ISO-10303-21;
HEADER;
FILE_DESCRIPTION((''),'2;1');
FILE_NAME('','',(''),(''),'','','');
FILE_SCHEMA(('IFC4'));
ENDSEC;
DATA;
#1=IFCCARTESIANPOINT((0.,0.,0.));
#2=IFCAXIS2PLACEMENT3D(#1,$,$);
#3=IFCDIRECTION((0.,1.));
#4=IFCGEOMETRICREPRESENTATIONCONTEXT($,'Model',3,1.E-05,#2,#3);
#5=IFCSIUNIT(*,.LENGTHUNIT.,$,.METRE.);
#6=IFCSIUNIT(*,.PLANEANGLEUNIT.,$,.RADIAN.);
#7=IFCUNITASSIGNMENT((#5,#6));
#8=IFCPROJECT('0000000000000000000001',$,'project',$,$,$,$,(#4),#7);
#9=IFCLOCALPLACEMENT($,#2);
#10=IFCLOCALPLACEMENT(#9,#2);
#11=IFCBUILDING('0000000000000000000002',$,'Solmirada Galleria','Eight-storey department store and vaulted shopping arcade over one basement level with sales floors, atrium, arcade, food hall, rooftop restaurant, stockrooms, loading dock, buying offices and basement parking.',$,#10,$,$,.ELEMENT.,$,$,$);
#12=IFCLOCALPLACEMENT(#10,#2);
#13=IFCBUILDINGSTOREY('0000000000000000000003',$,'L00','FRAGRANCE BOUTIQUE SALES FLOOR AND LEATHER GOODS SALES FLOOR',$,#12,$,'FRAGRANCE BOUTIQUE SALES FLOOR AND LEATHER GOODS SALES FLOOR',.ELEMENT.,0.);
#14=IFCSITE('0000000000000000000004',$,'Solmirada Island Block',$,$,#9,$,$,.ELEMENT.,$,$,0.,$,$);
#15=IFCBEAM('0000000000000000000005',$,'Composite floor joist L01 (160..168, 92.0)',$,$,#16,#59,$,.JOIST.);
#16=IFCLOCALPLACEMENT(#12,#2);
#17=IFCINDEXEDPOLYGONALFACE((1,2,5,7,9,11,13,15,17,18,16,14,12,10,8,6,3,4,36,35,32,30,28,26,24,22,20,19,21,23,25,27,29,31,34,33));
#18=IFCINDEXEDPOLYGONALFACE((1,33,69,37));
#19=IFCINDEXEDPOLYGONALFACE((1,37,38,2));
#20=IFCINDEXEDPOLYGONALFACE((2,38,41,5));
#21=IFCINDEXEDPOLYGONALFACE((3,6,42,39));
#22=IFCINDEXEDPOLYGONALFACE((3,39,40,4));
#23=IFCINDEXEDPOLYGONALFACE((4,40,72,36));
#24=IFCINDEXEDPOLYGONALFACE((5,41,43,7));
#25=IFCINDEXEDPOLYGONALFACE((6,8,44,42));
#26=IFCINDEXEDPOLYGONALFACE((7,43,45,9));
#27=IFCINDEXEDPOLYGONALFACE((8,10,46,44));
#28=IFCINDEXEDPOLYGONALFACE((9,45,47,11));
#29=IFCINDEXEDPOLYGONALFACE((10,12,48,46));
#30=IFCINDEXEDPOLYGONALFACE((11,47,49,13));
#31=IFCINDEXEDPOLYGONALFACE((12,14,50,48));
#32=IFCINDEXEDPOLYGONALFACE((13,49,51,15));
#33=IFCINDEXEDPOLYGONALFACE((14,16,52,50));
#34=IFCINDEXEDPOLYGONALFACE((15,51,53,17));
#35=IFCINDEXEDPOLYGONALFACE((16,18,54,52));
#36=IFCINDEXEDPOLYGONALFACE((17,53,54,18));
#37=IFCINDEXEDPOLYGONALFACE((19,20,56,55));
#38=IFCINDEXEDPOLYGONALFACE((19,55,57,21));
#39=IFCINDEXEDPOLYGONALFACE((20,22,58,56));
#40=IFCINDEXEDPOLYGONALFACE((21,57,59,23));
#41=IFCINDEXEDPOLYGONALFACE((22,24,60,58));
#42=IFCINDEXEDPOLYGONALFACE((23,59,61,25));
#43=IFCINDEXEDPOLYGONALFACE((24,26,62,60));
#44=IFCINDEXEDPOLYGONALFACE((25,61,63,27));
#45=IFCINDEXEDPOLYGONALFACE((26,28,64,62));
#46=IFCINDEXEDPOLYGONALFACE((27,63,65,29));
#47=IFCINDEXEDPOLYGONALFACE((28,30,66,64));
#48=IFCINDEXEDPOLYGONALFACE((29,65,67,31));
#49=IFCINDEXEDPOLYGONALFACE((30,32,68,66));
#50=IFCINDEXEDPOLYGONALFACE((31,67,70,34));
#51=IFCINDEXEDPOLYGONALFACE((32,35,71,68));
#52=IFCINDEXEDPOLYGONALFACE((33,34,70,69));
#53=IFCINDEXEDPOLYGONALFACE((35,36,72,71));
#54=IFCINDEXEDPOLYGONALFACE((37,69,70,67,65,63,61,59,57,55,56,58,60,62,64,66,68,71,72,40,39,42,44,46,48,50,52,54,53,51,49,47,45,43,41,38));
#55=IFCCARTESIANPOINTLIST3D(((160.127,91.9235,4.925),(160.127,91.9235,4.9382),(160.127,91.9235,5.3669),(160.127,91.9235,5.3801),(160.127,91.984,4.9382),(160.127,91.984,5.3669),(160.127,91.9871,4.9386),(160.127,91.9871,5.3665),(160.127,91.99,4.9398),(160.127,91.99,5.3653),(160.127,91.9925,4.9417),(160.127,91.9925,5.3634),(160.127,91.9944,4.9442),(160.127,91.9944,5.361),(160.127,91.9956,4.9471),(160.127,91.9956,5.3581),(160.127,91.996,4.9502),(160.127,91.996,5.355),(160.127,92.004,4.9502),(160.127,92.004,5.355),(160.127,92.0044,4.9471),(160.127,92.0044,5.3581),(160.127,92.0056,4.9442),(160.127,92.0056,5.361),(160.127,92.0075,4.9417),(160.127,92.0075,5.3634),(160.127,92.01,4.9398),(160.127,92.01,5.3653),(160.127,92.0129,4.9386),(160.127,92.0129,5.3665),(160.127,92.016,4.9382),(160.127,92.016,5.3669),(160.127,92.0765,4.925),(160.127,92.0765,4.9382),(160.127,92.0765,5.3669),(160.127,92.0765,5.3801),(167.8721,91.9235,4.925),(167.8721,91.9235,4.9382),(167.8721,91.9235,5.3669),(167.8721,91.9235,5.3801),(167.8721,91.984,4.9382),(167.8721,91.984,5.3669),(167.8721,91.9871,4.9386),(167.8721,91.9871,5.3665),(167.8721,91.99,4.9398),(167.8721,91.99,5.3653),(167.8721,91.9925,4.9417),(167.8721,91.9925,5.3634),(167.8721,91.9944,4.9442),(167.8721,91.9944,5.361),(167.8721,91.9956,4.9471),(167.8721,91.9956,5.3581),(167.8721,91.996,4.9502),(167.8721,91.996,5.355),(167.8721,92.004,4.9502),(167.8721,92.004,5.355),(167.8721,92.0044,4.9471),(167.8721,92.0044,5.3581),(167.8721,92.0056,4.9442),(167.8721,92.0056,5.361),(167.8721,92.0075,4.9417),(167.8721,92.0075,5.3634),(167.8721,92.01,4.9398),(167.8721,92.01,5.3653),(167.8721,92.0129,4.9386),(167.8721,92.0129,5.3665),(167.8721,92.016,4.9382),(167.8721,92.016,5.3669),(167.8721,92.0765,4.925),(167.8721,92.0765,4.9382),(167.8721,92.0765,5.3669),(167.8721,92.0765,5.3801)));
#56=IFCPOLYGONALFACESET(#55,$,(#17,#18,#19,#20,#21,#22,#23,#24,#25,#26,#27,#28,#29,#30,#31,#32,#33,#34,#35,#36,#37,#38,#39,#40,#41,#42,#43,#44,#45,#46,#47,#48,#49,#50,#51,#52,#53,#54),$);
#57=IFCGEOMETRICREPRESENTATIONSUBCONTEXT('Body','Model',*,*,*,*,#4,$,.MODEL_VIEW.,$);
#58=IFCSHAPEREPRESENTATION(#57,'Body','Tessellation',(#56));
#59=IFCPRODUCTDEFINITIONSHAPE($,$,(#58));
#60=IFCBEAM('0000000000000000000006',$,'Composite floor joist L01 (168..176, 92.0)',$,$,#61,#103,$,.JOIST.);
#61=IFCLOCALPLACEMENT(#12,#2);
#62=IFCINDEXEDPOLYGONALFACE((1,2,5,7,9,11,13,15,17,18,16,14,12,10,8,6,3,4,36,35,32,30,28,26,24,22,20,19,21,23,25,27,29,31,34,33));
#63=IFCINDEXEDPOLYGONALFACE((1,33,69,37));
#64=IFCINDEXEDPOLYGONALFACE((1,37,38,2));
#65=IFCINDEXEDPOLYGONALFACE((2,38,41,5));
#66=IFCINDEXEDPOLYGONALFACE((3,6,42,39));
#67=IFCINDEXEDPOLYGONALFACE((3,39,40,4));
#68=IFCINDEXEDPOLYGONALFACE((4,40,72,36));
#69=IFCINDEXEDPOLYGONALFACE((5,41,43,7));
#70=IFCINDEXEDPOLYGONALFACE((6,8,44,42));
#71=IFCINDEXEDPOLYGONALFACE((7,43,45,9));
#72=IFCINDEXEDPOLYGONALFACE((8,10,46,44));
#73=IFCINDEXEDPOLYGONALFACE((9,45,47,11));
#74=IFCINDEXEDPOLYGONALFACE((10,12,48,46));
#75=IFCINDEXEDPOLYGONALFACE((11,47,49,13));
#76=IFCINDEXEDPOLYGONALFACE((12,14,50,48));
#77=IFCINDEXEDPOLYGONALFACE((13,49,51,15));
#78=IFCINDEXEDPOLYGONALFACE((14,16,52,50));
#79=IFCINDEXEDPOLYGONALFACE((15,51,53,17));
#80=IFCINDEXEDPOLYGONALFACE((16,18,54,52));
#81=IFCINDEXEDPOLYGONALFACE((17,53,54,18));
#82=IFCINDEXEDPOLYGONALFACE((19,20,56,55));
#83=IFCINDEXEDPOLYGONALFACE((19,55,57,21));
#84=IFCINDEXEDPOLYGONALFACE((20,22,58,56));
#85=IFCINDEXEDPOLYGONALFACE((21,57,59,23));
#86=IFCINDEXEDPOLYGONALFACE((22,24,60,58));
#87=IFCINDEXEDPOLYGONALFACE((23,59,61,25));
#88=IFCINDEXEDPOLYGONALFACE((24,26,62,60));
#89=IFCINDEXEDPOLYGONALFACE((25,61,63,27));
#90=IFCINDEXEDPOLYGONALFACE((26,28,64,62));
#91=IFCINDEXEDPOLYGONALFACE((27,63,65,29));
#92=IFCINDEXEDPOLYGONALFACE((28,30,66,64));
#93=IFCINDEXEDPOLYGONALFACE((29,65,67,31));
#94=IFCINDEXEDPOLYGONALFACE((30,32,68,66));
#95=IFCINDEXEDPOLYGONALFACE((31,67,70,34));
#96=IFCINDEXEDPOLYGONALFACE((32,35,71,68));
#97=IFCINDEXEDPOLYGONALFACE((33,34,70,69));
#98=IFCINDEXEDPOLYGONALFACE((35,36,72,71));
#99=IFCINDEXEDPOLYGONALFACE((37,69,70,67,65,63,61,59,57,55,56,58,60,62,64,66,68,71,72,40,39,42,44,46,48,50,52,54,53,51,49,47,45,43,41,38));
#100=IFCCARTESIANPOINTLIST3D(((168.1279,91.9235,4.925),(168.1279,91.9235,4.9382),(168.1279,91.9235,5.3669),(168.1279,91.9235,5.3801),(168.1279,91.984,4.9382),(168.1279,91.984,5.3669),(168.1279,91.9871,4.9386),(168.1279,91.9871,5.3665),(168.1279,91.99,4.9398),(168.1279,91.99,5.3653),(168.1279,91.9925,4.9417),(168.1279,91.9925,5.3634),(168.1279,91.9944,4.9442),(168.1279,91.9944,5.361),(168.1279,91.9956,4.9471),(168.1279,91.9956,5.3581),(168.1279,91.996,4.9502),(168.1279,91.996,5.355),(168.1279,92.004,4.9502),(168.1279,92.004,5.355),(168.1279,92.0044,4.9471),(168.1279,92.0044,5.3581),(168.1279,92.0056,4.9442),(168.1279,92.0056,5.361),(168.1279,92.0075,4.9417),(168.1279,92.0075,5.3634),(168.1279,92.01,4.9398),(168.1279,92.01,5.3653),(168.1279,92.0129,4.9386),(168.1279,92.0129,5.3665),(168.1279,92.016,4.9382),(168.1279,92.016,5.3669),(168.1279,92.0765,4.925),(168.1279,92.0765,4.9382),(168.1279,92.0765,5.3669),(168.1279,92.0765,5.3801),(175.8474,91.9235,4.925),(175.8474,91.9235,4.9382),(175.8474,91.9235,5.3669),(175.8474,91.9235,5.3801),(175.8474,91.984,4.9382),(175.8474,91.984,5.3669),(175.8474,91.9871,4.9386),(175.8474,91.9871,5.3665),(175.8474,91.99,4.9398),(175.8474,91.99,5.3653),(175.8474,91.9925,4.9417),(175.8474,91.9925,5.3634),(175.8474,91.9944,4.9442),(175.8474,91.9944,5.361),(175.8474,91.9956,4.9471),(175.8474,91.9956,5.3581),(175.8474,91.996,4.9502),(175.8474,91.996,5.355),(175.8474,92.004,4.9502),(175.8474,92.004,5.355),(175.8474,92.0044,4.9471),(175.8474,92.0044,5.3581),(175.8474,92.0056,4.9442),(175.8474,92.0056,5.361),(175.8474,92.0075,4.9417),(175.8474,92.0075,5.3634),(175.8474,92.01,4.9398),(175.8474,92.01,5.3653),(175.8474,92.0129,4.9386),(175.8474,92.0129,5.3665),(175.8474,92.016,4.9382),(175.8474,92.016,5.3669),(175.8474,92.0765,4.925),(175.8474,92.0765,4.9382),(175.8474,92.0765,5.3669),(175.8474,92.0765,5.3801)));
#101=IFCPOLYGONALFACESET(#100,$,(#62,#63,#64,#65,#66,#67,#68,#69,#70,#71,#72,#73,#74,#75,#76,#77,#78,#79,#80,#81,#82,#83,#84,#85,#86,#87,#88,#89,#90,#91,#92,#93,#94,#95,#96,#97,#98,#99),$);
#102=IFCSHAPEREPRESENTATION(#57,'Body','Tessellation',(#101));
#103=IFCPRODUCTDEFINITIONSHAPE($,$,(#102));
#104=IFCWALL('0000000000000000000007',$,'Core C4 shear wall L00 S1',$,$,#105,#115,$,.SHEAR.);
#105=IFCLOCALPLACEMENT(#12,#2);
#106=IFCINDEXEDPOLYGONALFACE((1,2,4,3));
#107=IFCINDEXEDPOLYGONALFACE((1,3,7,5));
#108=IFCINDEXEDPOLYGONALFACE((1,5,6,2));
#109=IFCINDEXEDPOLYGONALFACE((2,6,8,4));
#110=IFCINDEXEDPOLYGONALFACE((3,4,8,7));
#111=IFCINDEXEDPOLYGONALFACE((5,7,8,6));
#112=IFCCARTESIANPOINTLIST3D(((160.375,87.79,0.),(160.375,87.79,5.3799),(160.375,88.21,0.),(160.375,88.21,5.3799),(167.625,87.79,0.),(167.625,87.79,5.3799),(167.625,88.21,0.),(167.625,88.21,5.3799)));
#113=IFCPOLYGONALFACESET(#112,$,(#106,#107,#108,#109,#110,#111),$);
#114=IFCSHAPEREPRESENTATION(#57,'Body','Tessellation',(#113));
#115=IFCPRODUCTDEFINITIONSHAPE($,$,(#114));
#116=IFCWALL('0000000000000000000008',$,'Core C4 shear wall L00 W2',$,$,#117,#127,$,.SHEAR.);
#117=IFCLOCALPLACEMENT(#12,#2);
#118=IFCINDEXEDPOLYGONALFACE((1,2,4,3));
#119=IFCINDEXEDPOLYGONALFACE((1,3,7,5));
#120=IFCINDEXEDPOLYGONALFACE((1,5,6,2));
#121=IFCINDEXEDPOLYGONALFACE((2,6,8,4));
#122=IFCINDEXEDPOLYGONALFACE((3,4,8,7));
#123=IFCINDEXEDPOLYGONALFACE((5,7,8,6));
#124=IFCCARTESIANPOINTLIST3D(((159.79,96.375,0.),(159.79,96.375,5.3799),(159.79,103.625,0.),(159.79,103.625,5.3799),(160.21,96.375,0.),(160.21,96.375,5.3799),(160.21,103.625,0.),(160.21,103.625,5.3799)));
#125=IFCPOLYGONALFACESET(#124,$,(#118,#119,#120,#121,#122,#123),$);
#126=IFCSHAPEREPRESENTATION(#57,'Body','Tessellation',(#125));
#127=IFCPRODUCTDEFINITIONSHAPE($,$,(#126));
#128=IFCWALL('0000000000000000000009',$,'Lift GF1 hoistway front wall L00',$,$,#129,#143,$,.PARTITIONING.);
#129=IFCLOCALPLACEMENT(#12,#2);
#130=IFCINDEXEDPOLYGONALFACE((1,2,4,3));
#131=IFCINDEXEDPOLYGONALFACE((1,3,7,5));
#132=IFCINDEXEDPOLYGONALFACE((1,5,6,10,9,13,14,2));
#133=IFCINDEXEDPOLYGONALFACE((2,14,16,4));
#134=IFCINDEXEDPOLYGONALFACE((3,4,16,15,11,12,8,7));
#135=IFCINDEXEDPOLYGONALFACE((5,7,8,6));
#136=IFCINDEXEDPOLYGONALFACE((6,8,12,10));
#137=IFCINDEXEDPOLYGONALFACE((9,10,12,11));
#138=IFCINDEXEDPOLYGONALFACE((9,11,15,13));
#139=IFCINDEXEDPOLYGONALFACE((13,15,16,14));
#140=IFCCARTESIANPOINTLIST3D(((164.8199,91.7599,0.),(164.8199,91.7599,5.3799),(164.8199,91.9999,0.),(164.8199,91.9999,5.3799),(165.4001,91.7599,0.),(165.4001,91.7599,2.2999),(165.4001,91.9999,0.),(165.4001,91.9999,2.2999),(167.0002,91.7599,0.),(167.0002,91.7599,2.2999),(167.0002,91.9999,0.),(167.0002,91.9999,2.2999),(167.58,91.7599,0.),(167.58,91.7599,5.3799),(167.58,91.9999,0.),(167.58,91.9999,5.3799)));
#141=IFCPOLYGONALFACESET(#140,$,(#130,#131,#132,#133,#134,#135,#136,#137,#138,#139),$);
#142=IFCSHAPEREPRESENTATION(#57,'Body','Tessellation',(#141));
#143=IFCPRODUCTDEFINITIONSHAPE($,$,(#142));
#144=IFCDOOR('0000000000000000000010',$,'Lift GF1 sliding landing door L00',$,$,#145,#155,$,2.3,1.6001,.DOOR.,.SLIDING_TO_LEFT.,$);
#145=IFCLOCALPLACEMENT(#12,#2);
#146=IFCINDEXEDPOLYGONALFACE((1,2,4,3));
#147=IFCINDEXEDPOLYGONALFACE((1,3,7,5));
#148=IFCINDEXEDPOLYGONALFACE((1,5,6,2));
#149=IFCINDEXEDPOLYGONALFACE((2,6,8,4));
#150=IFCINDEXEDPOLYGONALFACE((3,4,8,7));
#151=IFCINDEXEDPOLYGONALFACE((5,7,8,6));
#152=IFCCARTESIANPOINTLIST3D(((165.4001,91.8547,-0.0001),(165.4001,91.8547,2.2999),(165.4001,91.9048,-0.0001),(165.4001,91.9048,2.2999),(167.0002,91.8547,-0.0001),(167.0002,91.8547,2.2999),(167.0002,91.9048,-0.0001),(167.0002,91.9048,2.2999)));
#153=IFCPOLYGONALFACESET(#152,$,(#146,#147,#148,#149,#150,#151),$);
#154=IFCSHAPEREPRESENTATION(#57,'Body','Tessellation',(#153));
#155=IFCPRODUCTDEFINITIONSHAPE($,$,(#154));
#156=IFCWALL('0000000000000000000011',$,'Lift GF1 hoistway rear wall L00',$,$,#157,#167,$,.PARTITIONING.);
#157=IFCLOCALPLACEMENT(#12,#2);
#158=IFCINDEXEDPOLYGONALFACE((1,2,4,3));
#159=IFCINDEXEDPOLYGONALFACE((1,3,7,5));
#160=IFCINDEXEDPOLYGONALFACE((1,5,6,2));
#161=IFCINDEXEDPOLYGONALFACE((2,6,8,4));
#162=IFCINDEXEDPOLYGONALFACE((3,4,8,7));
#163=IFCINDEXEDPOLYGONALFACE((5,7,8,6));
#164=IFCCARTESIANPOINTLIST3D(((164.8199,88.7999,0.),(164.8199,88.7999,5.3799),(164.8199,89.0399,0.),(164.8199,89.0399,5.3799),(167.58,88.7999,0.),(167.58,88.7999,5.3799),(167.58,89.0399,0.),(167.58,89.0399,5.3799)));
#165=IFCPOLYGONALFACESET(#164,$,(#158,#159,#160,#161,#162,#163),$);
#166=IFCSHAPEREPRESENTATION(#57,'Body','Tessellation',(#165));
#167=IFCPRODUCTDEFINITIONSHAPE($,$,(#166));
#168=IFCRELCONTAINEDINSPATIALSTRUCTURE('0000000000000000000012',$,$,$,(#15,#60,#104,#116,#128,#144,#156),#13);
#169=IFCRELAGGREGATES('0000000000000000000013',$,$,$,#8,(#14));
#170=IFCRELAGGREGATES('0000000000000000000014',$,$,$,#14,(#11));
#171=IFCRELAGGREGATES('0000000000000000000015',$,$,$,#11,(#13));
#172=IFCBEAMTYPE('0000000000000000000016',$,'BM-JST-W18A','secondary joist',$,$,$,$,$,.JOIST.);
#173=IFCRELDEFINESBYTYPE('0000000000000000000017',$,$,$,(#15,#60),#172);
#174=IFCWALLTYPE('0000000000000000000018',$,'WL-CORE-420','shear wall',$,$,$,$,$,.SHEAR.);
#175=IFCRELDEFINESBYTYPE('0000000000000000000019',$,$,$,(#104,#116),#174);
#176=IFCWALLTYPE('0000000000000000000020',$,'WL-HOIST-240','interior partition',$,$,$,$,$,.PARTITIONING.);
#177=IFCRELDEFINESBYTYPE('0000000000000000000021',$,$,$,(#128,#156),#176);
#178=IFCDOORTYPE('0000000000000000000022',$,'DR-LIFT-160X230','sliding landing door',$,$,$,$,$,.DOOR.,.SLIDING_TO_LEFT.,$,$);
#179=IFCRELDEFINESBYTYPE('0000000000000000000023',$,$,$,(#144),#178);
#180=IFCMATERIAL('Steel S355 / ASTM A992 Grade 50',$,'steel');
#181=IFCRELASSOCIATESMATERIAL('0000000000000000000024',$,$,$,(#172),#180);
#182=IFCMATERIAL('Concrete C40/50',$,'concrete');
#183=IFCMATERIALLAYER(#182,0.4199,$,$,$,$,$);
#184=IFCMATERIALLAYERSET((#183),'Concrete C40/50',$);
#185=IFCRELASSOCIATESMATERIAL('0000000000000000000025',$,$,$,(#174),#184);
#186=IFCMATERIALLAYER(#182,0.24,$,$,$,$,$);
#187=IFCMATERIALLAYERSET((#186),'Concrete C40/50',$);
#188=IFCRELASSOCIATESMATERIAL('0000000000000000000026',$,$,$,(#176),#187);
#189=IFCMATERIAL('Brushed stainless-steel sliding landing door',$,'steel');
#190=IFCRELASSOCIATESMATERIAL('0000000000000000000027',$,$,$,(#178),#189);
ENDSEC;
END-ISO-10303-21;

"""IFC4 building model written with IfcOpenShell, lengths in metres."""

from ifc_helpers import new_model, si_unit, direction, frame, frame_2d, origin, origin_2d, place, context, subcontext, project, spatial, rectangle, i_section, extrude, material, layer, layer_set, material_profile, profile_set, type_object, element, fill, save


model = new_model("IFC4")

# Units and contexts
model_context = context("Model", 3, precision=1e-05, world=origin(), true_north=direction((0.0, 1.0)))
body_context = subcontext(model_context, "Body", "Model", "MODEL_VIEW")
ifc_project = project(units=[si_unit("LENGTHUNIT", "METRE"), si_unit("PLANEANGLEUNIT", "RADIAN")], contexts=[model_context])

# Site, building, storey
site_placement = place(None, origin())
site = spatial("IfcSite", under=ifc_project, at=site_placement, Name="Solmirada Island Block", CompositionType="ELEMENT", RefElevation=0.0)
building_placement = place(site_placement, origin())
building = spatial("IfcBuilding", under=site, at=building_placement, Name="Solmirada Galleria", Description="Eight-storey department store and vaulted shopping arcade over one basement level with sales floors, atrium, arcade, food hall, rooftop restaurant, stockrooms, loading dock, buying offices and basement parking.", CompositionType="ELEMENT")
storey_placement = place(building_placement, origin())
storey = spatial("IfcBuildingStorey", under=building, at=storey_placement, Name="L00", Description="FRAGRANCE BOUTIQUE SALES FLOOR AND LEATHER GOODS SALES FLOOR", LongName="FRAGRANCE BOUTIQUE SALES FLOOR AND LEATHER GOODS SALES FLOOR", CompositionType="ELEMENT", Elevation=0.0)

# Shared definitions
ifc_material_1 = material(Name="Concrete C40/50", Category="concrete")

# Beams
ifc_material_2 = material(Name="Steel S355 / ASTM A992 Grade 50", Category="steel")
ifc_material_profile_1 = material_profile(ifc_material_2, i_section(OverallWidth=0.1531, OverallDepth=0.4551, WebThickness=0.0081, FlangeThickness=0.0132, FilletRadius=0.012, at=origin_2d()), Name="W18X40")
ifc_profile_set_1 = profile_set([ifc_material_profile_1], Name="Steel S355 / ASTM A992 Grade 50")
beam_type_1 = type_object("IfcBeamType", Name="BM-JST-W18A", Description="secondary joist", PredefinedType="JOIST", material=ifc_profile_set_1)
beam_1_placement = place(storey_placement, frame((160.127, 92.0, 5.1526), z_axis=(1.0, 0.0, 0.0), x_axis=(0.0, 1.0, 0.0)))
element("IfcBeam", 1, at=beam_1_placement, inside=storey, type_object=beam_type_1, Name="Composite floor joist L01 (160..168, 92.0)", PredefinedType="JOIST", context=body_context, shape_type="SweptSolid", body=[
    extrude(i_section(OverallWidth=0.1531, OverallDepth=0.4551, WebThickness=0.0081, FlangeThickness=0.0132, FilletRadius=0.012, at=origin_2d()), origin(), (0.0, 0.0, 1.0), 7.7451),
])
beam_2_placement = place(storey_placement, frame((168.1279, 92.0, 5.1526), z_axis=(1.0, 0.0, 0.0), x_axis=(0.0, 1.0, 0.0)))
element("IfcBeam", 2, at=beam_2_placement, inside=storey, type_object=beam_type_1, Name="Composite floor joist L01 (168..176, 92.0)", PredefinedType="JOIST", context=body_context, shape_type="SweptSolid", body=[
    extrude(i_section(OverallWidth=0.1531, OverallDepth=0.4551, WebThickness=0.0081, FlangeThickness=0.0132, FilletRadius=0.012, at=origin_2d()), origin(), (0.0, 0.0, 1.0), 7.7195),
])

# Walls
ifc_layer_1 = layer(ifc_material_1, 0.4199)
ifc_layer_set_1 = layer_set([ifc_layer_1], Name="Concrete C40/50")
wall_type_1 = type_object("IfcWallType", Name="WL-CORE-420", Description="shear wall", PredefinedType="SHEAR", material=ifc_layer_set_1)
for number, where, z_axis, x_axis, name in (
    (3, (160.375, 88.0, 0.0), (0.0, 0.0, 1.0), (1.0, 0.0, 0.0), "Core C4 shear wall L00 S1"),
    (4, (160.0, 96.375, 0.0), (0.0, 0.0, 1.0), (0.0, 1.0, 0.0), "Core C4 shear wall L00 W2"),
):
    element("IfcWall", number, at=place(storey_placement, frame(where, z_axis=z_axis, x_axis=x_axis)), inside=storey, type_object=wall_type_1, Name=name, PredefinedType="SHEAR", context=body_context, shape_type="SweptSolid", body=[
        extrude(rectangle(XDim=7.25, YDim=0.4199, at=frame_2d((3.625, 0.0))), origin(), (0.0, 0.0, 1.0), 5.3799),
    ])

# Wall, opening, door
ifc_layer_2 = layer(ifc_material_1, 0.24)
ifc_layer_set_2 = layer_set([ifc_layer_2], Name="Concrete C40/50")
wall_type_2 = type_object("IfcWallType", Name="WL-HOIST-240", Description="interior partition", PredefinedType="PARTITIONING", material=ifc_layer_set_2)
wall_1_placement = place(storey_placement, frame((164.8201, 91.8799, 0.0), z_axis=(0.0, 0.0, 1.0), x_axis=(1.0, 0.0, 0.0)))
wall_1 = element("IfcWall", 5, at=wall_1_placement, inside=storey, type_object=wall_type_2, Name="Lift GF1 hoistway front wall L00", PredefinedType="PARTITIONING", context=body_context, shape_type="SweptSolid", body=[
    extrude(rectangle(XDim=2.76, YDim=0.24, at=frame_2d((1.3799, 0.0))), origin(), (0.0, 0.0, 1.0), 5.3799),
])
opening_1_placement = place(wall_1_placement, frame((0.5801, 0.0, 0.0)))
opening_1 = element("IfcOpeningElement", 6, at=opening_1_placement, cuts=wall_1, PredefinedType="OPENING", context=body_context, shape_type="SweptSolid", body=[
    extrude(rectangle(XDim=1.6001, YDim=2.3, at=frame_2d((0.8, 1.1499))), frame((0.0, 0.1299, 0.0), z_axis=(0.0, -1.0, 0.0), x_axis=(1.0, 0.0, 0.0)), (0.0, 0.0, 1.0), 0.26),
])
ifc_material_3 = material(Name="Brushed stainless-steel sliding landing door", Category="steel")
door_type_1 = type_object("IfcDoorType", Name="DR-LIFT-160X230", Description="sliding landing door", OperationType="SLIDING_TO_LEFT", PredefinedType="DOOR", material=ifc_material_3)
door_1_placement = place(opening_1_placement, origin())
door_1 = element("IfcDoor", 7, at=door_1_placement, inside=storey, type_object=door_type_1, Name="Lift GF1 sliding landing door L00", OperationType="SLIDING_TO_LEFT", OverallHeight=2.3, OverallWidth=1.6001, PredefinedType="DOOR", context=body_context, shape_type="SweptSolid", body=[
    extrude(rectangle(XDim=1.6001, YDim=2.3, at=frame_2d((0.8, 1.1499))), frame((0.0, 0.0249, 0.0), z_axis=(0.0, -1.0, 0.0), x_axis=(1.0, 0.0, 0.0)), (0.0, 0.0, 1.0), 0.05),
])
fill(opening_1, door_1)

# Wall
wall_2_placement = place(storey_placement, frame((164.8201, 88.9199, 0.0), z_axis=(0.0, 0.0, 1.0), x_axis=(1.0, 0.0, 0.0)))
element("IfcWall", 8, at=wall_2_placement, inside=storey, type_object=wall_type_2, Name="Lift GF1 hoistway rear wall L00", PredefinedType="PARTITIONING", context=body_context, shape_type="SweptSolid", body=[
    extrude(rectangle(XDim=2.76, YDim=0.24, at=frame_2d((1.3799, 0.0))), origin(), (0.0, 0.0, 1.0), 5.3799),
])

save(model, "model.ifc")
